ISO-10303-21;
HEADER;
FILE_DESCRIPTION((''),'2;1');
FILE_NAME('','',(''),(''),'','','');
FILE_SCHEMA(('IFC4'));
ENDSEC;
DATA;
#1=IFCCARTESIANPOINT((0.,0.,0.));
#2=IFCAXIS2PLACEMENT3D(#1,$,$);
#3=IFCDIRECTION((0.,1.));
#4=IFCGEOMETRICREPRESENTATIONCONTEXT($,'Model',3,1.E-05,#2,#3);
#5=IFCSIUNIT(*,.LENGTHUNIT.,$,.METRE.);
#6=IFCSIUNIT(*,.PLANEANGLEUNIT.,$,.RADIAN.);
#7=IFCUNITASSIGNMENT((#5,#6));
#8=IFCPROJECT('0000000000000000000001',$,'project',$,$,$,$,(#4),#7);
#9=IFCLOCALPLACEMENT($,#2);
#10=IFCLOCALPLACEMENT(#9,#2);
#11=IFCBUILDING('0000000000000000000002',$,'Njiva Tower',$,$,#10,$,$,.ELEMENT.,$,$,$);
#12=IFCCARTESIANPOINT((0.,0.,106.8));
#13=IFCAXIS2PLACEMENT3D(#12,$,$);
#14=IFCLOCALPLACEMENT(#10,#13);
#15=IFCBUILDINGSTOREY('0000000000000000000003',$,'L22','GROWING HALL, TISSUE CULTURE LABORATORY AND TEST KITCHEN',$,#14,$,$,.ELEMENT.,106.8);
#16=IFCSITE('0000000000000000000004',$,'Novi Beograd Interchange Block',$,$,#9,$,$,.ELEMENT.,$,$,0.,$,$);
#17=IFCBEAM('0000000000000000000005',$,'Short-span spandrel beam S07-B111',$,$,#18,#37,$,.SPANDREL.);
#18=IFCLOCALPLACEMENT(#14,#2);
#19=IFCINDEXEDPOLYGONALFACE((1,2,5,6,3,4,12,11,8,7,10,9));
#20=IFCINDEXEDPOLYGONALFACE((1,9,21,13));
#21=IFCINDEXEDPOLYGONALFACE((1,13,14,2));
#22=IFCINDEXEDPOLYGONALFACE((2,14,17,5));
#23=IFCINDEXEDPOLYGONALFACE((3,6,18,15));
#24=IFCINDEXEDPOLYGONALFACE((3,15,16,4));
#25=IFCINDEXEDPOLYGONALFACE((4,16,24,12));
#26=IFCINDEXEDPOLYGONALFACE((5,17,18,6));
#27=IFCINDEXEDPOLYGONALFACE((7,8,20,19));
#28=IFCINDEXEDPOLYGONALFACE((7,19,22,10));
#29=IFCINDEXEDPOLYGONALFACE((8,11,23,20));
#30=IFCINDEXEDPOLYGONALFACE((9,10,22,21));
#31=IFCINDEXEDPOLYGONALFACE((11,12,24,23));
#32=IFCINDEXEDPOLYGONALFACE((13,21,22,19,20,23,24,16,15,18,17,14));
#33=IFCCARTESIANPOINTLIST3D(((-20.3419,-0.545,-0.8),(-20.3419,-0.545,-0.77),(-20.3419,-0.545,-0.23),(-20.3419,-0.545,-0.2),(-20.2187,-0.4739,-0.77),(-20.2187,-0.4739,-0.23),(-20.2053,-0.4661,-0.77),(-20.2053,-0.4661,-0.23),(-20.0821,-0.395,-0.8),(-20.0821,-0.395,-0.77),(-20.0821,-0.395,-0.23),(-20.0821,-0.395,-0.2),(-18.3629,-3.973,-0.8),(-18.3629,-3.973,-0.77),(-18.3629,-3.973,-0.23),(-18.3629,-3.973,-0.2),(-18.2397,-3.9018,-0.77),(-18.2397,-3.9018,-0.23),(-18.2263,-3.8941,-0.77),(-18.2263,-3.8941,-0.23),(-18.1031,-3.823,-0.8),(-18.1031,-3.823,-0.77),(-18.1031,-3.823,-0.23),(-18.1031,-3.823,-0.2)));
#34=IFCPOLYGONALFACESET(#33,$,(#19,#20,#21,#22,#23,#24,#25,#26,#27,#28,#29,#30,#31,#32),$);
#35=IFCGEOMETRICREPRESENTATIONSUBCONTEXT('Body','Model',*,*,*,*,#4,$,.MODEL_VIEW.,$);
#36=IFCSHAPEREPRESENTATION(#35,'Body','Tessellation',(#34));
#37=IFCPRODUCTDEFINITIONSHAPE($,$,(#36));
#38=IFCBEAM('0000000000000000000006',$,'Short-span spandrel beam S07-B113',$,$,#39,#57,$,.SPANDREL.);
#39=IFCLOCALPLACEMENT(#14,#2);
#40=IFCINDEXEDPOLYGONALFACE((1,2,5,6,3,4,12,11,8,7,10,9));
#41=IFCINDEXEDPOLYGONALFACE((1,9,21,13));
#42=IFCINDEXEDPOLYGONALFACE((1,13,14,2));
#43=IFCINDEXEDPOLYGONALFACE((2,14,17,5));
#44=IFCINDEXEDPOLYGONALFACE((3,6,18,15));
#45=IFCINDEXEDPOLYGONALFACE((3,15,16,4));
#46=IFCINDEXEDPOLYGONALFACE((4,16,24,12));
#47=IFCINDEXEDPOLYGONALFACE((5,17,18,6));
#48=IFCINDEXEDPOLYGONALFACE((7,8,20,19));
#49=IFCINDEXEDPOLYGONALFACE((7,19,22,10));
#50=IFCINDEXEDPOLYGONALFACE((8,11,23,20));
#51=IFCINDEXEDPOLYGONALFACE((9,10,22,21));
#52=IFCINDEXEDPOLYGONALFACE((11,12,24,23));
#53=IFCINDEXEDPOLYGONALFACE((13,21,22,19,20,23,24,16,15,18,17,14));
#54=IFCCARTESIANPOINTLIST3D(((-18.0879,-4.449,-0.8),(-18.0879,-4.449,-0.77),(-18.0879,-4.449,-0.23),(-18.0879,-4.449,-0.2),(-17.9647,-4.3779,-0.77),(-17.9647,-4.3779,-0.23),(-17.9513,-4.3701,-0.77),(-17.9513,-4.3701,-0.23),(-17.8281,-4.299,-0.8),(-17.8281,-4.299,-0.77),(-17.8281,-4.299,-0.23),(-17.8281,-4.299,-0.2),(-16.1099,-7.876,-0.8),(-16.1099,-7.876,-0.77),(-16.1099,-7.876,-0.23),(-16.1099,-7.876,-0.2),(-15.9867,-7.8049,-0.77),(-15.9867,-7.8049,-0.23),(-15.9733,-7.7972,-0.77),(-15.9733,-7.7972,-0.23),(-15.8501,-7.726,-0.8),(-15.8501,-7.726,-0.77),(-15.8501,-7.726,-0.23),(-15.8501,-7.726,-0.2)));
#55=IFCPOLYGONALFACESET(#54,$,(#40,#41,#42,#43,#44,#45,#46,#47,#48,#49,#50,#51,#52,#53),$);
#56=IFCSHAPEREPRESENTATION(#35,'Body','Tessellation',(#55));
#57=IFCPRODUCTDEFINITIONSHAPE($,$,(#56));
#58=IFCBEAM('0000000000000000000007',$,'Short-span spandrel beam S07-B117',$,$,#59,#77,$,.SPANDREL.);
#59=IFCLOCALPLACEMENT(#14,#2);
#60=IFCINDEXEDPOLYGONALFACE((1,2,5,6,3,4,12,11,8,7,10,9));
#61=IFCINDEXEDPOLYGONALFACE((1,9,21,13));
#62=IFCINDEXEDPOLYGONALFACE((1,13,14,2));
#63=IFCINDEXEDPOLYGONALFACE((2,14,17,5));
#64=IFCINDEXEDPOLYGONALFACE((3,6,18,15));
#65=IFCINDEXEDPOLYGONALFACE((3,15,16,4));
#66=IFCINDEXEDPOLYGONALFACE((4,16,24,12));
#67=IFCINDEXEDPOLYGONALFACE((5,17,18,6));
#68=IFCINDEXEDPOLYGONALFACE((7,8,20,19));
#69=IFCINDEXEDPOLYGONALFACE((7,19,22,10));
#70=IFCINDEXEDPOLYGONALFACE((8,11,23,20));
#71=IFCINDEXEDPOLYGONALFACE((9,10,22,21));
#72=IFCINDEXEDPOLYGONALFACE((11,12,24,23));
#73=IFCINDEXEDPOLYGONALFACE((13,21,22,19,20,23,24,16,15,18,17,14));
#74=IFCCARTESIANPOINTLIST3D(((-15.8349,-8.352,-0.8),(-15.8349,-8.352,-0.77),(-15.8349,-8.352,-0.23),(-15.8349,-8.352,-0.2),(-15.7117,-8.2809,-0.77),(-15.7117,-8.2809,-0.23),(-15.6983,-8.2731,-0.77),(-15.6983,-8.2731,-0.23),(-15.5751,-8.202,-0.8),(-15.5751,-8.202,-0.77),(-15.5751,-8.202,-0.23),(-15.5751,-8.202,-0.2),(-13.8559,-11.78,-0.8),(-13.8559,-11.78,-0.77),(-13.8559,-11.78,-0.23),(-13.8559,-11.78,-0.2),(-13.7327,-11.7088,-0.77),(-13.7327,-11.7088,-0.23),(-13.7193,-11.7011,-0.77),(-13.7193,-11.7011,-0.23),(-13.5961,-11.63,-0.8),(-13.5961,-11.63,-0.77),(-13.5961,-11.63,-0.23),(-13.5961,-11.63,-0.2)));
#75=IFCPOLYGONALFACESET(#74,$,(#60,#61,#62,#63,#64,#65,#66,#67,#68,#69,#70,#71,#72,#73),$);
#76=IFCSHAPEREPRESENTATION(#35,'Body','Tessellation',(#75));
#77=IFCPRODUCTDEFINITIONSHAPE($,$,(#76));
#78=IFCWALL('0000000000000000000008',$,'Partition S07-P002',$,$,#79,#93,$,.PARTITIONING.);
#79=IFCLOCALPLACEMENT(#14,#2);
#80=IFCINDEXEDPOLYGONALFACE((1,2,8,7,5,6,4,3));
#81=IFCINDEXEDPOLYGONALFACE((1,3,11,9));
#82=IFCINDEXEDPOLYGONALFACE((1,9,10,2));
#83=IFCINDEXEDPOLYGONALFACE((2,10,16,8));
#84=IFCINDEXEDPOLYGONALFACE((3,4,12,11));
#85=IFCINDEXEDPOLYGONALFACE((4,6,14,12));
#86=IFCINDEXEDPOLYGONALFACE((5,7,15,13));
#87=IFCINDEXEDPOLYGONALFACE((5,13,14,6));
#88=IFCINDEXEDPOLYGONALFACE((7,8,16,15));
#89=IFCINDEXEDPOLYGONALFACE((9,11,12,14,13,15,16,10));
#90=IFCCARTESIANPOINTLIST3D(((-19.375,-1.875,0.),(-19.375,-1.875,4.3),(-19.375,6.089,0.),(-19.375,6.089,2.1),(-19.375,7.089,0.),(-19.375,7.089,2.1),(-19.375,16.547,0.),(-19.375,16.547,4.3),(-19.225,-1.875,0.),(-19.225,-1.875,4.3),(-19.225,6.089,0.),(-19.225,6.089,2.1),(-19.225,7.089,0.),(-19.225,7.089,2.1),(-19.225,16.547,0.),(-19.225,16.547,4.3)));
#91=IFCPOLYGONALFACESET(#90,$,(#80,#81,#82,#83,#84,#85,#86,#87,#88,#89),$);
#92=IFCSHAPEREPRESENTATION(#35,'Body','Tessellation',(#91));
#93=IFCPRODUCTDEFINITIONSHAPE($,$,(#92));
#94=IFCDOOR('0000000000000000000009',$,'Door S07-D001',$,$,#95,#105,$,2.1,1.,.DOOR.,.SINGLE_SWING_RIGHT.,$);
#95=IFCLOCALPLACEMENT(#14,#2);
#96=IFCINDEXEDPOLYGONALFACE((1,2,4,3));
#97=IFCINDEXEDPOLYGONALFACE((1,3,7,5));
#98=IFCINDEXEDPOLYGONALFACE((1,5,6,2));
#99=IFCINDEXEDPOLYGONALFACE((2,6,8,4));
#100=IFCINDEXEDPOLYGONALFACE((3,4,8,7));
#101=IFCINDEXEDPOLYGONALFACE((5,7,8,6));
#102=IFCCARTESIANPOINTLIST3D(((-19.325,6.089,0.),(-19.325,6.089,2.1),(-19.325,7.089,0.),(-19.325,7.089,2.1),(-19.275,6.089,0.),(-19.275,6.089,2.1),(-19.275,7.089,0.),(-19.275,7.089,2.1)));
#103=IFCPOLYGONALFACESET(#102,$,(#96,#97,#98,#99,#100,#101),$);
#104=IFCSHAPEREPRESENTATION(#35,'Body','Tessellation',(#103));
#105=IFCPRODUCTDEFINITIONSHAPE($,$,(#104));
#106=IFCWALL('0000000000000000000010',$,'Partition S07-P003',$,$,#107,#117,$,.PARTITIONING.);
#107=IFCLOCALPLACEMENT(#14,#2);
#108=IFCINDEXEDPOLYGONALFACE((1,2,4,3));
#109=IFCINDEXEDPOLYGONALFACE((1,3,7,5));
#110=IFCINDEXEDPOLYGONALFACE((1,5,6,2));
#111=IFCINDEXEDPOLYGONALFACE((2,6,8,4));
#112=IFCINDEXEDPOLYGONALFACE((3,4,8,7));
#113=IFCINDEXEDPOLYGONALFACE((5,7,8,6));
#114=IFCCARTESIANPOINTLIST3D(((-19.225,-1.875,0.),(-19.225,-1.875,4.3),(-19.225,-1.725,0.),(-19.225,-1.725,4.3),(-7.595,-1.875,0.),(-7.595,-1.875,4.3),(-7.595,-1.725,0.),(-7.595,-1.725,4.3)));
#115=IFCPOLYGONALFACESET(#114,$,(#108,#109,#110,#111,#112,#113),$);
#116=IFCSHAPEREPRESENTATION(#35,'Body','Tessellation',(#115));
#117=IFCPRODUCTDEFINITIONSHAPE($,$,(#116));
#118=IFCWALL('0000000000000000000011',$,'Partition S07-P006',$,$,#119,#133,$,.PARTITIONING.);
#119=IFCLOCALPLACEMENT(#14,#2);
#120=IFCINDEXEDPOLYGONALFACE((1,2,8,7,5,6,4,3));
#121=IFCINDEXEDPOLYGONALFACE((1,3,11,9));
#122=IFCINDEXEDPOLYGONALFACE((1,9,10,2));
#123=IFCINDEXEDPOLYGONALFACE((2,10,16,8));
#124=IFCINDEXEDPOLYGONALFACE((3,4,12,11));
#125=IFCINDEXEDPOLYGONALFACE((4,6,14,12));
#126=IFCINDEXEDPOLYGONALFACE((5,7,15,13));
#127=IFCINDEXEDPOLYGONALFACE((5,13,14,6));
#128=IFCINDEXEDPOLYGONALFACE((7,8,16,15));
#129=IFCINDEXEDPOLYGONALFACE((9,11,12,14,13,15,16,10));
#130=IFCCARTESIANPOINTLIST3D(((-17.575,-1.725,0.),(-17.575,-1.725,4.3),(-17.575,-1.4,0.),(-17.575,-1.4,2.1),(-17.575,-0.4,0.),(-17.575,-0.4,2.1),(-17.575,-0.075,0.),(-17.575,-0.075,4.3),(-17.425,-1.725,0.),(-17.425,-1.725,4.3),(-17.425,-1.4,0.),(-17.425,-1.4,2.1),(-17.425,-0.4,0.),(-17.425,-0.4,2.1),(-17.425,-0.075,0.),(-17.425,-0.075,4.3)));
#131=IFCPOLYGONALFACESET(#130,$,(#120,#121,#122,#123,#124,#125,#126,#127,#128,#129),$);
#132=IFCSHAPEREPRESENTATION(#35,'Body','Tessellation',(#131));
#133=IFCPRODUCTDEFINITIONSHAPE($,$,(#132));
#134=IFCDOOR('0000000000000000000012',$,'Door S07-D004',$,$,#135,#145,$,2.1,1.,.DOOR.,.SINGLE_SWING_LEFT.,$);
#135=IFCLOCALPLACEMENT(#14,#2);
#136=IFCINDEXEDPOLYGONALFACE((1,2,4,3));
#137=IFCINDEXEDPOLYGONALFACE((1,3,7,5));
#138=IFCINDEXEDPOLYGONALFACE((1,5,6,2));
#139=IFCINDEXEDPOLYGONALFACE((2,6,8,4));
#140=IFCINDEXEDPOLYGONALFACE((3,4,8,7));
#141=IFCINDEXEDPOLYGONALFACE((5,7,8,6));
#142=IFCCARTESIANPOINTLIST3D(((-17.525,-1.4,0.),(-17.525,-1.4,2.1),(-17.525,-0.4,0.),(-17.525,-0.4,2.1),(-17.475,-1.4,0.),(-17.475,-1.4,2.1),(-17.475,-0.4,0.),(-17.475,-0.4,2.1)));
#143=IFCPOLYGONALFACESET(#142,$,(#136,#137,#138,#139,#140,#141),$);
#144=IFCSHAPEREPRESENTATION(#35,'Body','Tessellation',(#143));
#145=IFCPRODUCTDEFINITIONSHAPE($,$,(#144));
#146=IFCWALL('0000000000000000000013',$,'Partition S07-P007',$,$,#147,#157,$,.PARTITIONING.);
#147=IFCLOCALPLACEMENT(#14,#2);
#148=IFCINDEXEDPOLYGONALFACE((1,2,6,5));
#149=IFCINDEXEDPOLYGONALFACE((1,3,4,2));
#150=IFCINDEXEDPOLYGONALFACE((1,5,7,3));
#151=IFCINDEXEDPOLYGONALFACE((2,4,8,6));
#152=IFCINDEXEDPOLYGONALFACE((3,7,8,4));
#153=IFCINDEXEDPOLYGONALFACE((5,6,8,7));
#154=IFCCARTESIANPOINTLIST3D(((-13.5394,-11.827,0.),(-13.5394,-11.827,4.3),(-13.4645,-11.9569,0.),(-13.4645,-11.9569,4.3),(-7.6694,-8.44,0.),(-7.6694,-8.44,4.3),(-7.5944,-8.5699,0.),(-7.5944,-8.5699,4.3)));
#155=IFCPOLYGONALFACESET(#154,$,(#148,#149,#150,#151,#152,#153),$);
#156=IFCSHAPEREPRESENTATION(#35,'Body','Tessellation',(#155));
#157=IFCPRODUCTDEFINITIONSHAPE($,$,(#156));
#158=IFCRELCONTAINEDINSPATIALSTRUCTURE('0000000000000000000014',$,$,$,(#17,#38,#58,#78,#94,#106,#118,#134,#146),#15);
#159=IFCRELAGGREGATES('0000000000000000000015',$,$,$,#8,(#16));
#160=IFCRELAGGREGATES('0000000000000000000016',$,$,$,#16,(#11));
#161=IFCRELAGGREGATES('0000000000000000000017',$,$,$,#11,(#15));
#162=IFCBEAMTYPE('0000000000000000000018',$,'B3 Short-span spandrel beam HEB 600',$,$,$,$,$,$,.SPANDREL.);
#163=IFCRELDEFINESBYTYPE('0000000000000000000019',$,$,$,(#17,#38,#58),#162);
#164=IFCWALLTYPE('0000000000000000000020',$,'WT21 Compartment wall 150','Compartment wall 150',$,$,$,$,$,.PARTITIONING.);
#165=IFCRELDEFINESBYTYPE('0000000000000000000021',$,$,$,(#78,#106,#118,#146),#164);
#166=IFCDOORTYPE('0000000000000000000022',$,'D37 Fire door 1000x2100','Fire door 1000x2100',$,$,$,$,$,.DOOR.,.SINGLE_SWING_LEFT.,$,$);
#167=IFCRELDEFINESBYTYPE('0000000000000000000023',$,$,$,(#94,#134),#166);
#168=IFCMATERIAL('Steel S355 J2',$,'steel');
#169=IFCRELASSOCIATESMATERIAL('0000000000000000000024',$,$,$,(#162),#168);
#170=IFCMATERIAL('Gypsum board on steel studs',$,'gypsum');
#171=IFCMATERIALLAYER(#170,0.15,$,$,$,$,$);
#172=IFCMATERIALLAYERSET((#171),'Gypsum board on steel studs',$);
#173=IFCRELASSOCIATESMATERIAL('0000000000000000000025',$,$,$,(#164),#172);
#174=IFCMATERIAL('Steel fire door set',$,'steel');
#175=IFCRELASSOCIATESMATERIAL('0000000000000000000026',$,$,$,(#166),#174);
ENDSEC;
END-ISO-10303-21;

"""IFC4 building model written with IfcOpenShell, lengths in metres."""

from ifc_helpers import new_model, si_unit, direction, frame, frame_2d, origin, origin_2d, place, context, subcontext, project, spatial, rectangle, i_section, extrude, material, layer, layer_set, material_profile, profile_set, type_object, element, fill, save


model = new_model("IFC4")

# Units and contexts
model_context = context("Model", 3, precision=1e-05, world=origin(), true_north=direction((0.0, 1.0)))
body_context = subcontext(model_context, "Body", "Model", "MODEL_VIEW")
ifc_project = project(units=[si_unit("LENGTHUNIT", "METRE"), si_unit("PLANEANGLEUNIT", "RADIAN")], contexts=[model_context])

# Site, building, storey
site_placement = place(None, origin())
site = spatial("IfcSite", under=ifc_project, at=site_placement, Name="Novi Beograd Interchange Block", CompositionType="ELEMENT", RefElevation=0.0)
building_placement = place(site_placement, origin())
building = spatial("IfcBuilding", under=site, at=building_placement, Name="Njiva Tower", CompositionType="ELEMENT")
storey_placement = place(building_placement, frame((0.0, 0.0, 106.8)))
storey = spatial("IfcBuildingStorey", under=building, at=storey_placement, Name="L22", Description="GROWING HALL, TISSUE CULTURE LABORATORY AND TEST KITCHEN", CompositionType="ELEMENT", Elevation=106.8)

# Shared definitions
ifc_material_1 = material(Name="Steel S355 J2", Category="steel")

# Beams
ifc_material_profile_1 = material_profile(ifc_material_1, i_section(OverallWidth=0.3, OverallDepth=0.6, WebThickness=0.0155, FlangeThickness=0.03, at=origin_2d()), Name="HEB 600")
ifc_profile_set_1 = profile_set([ifc_material_profile_1], Name="Steel S355 J2")
beam_type_1 = type_object("IfcBeamType", Name="B3 Short-span spandrel beam HEB 600", PredefinedType="SPANDREL", material=ifc_profile_set_1)
beam_1_placement = place(storey_placement, frame((-20.212, -0.47, -0.5), z_axis=(0.49997, -0.866043, 0.0), x_axis=(0.866043, 0.49997, 0.0)))
element("IfcBeam", 1, at=beam_1_placement, inside=storey, type_object=beam_type_1, Name="Short-span spandrel beam S07-B111", PredefinedType="SPANDREL", context=body_context, shape_type="SweptSolid", body=[
    extrude(i_section(OverallWidth=0.3, OverallDepth=0.6, WebThickness=0.0155, FlangeThickness=0.03, at=origin_2d()), origin(), (0.0, 0.0, 1.0), 3.9582),
])
beam_2_placement = place(storey_placement, frame((-17.958, -4.374, -0.5), z_axis=(0.49989, -0.866089, 0.0), x_axis=(0.866089, 0.49989, 0.0)))
element("IfcBeam", 2, at=beam_2_placement, inside=storey, type_object=beam_type_1, Name="Short-span spandrel beam S07-B113", PredefinedType="SPANDREL", context=body_context, shape_type="SweptSolid", body=[
    extrude(i_section(OverallWidth=0.3, OverallDepth=0.6, WebThickness=0.0155, FlangeThickness=0.03, at=origin_2d()), origin(), (0.0, 0.0, 1.0), 3.9569),
])
beam_3_placement = place(storey_placement, frame((-15.705, -8.277, -0.5), z_axis=(0.49997, -0.866043, 0.0), x_axis=(0.866043, 0.49997, 0.0)))
element("IfcBeam", 3, at=beam_3_placement, inside=storey, type_object=beam_type_1, Name="Short-span spandrel beam S07-B117", PredefinedType="SPANDREL", context=body_context, shape_type="SweptSolid", body=[
    extrude(i_section(OverallWidth=0.3, OverallDepth=0.6, WebThickness=0.0155, FlangeThickness=0.03, at=origin_2d()), origin(), (0.0, 0.0, 1.0), 3.9582),
])

# Wall, opening, door
ifc_material_2 = material(Name="Gypsum board on steel studs", Category="gypsum")
ifc_layer = layer(ifc_material_2, 0.15)
ifc_layer_set = layer_set([ifc_layer], Name="Gypsum board on steel studs")
wall_type = type_object("IfcWallType", Name="WT21 Compartment wall 150", Description="Compartment wall 150", PredefinedType="PARTITIONING", material=ifc_layer_set)
wall_1_placement = place(storey_placement, frame((-19.3, -1.875, 0.0), z_axis=(0.0, 0.0, 1.0), x_axis=(0.0, 1.0, 0.0)))
wall_1 = element("IfcWall", 4, at=wall_1_placement, inside=storey, type_object=wall_type, Name="Partition S07-P002", PredefinedType="PARTITIONING", context=body_context, shape_type="SweptSolid", body=[
    extrude(rectangle(XDim=18.422, YDim=0.15, at=frame_2d((9.211, 0.0))), origin(), (0.0, 0.0, 1.0), 4.3),
])
opening_1_placement = place(wall_1_placement, frame((7.964, 0.0, 0.0)))
opening_1 = element("IfcOpeningElement", 5, at=opening_1_placement, cuts=wall_1, PredefinedType="OPENING", context=body_context, shape_type="SweptSolid", body=[
    extrude(rectangle(XDim=1.0, YDim=2.1, at=frame_2d((0.5, 1.05))), frame((0.0, 0.085, 0.0), z_axis=(0.0, -1.0, 0.0), x_axis=(1.0, 0.0, 0.0)), (0.0, 0.0, 1.0), 0.17),
])
ifc_material_3 = material(Name="Steel fire door set", Category="steel")
door_type = type_object("IfcDoorType", Name="D37 Fire door 1000x2100", Description="Fire door 1000x2100", OperationType="SINGLE_SWING_LEFT", PredefinedType="DOOR", material=ifc_material_3)
door_1_placement = place(opening_1_placement, origin())
door_1 = element("IfcDoor", 6, at=door_1_placement, inside=storey, type_object=door_type, Name="Door S07-D001", OperationType="SINGLE_SWING_RIGHT", OverallHeight=2.1, OverallWidth=1.0, PredefinedType="DOOR", context=body_context, shape_type="SweptSolid", body=[
    extrude(rectangle(XDim=1.0, YDim=2.1, at=frame_2d((0.5, 1.05))), frame((0.0, 0.025, 0.0), z_axis=(0.0, -1.0, 0.0), x_axis=(1.0, 0.0, 0.0)), (0.0, 0.0, 1.0), 0.05),
])
fill(opening_1, door_1)

# Wall
wall_2_placement = place(storey_placement, frame((-19.225, -1.8, 0.0), z_axis=(0.0, 0.0, 1.0), x_axis=(1.0, 0.0, 0.0)))
element("IfcWall", 7, at=wall_2_placement, inside=storey, type_object=wall_type, Name="Partition S07-P003", PredefinedType="PARTITIONING", context=body_context, shape_type="SweptSolid", body=[
    extrude(rectangle(XDim=11.63, YDim=0.15, at=frame_2d((5.815, 0.0))), origin(), (0.0, 0.0, 1.0), 4.3),
])

# Wall, opening, door
wall_3_placement = place(storey_placement, frame((-17.5, -1.725, 0.0), z_axis=(0.0, 0.0, 1.0), x_axis=(0.0, 1.0, 0.0)))
wall_3 = element("IfcWall", 8, at=wall_3_placement, inside=storey, type_object=wall_type, Name="Partition S07-P006", PredefinedType="PARTITIONING", context=body_context, shape_type="SweptSolid", body=[
    extrude(rectangle(XDim=1.65, YDim=0.15, at=frame_2d((0.825, 0.0))), origin(), (0.0, 0.0, 1.0), 4.3),
])
opening_2_placement = place(wall_3_placement, frame((0.325, 0.0, 0.0)))
opening_2 = element("IfcOpeningElement", 9, at=opening_2_placement, cuts=wall_3, PredefinedType="OPENING", context=body_context, shape_type="SweptSolid", body=[
    extrude(rectangle(XDim=1.0, YDim=2.1, at=frame_2d((0.5, 1.05))), frame((0.0, 0.085, 0.0), z_axis=(0.0, -1.0, 0.0), x_axis=(1.0, 0.0, 0.0)), (0.0, 0.0, 1.0), 0.17),
])
door_2_placement = place(opening_2_placement, origin())
door_2 = element("IfcDoor", 10, at=door_2_placement, inside=storey, type_object=door_type, Name="Door S07-D004", OperationType="SINGLE_SWING_LEFT", OverallHeight=2.1, OverallWidth=1.0, PredefinedType="DOOR", context=body_context, shape_type="SweptSolid", body=[
    extrude(rectangle(XDim=1.0, YDim=2.1, at=frame_2d((0.5, 1.05))), frame((0.0, 0.025, 0.0), z_axis=(0.0, -1.0, 0.0), x_axis=(1.0, 0.0, 0.0)), (0.0, 0.0, 1.0), 0.05),
])
fill(opening_2, door_2)

# Wall
wall_4_placement = place(storey_placement, frame((-13.502, -11.892, 0.0), z_axis=(0.0, 0.0, 1.0), x_axis=(0.866156, 0.499774, 0.0)))
element("IfcWall", 11, at=wall_4_placement, inside=storey, type_object=wall_type, Name="Partition S07-P007", PredefinedType="PARTITIONING", context=body_context, shape_type="SweptSolid", body=[
    extrude(rectangle(XDim=6.7771, YDim=0.15, at=frame_2d((3.3886, 0.0))), origin(), (0.0, 0.0, 1.0), 4.3),
])

save(model, "model.ifc")
